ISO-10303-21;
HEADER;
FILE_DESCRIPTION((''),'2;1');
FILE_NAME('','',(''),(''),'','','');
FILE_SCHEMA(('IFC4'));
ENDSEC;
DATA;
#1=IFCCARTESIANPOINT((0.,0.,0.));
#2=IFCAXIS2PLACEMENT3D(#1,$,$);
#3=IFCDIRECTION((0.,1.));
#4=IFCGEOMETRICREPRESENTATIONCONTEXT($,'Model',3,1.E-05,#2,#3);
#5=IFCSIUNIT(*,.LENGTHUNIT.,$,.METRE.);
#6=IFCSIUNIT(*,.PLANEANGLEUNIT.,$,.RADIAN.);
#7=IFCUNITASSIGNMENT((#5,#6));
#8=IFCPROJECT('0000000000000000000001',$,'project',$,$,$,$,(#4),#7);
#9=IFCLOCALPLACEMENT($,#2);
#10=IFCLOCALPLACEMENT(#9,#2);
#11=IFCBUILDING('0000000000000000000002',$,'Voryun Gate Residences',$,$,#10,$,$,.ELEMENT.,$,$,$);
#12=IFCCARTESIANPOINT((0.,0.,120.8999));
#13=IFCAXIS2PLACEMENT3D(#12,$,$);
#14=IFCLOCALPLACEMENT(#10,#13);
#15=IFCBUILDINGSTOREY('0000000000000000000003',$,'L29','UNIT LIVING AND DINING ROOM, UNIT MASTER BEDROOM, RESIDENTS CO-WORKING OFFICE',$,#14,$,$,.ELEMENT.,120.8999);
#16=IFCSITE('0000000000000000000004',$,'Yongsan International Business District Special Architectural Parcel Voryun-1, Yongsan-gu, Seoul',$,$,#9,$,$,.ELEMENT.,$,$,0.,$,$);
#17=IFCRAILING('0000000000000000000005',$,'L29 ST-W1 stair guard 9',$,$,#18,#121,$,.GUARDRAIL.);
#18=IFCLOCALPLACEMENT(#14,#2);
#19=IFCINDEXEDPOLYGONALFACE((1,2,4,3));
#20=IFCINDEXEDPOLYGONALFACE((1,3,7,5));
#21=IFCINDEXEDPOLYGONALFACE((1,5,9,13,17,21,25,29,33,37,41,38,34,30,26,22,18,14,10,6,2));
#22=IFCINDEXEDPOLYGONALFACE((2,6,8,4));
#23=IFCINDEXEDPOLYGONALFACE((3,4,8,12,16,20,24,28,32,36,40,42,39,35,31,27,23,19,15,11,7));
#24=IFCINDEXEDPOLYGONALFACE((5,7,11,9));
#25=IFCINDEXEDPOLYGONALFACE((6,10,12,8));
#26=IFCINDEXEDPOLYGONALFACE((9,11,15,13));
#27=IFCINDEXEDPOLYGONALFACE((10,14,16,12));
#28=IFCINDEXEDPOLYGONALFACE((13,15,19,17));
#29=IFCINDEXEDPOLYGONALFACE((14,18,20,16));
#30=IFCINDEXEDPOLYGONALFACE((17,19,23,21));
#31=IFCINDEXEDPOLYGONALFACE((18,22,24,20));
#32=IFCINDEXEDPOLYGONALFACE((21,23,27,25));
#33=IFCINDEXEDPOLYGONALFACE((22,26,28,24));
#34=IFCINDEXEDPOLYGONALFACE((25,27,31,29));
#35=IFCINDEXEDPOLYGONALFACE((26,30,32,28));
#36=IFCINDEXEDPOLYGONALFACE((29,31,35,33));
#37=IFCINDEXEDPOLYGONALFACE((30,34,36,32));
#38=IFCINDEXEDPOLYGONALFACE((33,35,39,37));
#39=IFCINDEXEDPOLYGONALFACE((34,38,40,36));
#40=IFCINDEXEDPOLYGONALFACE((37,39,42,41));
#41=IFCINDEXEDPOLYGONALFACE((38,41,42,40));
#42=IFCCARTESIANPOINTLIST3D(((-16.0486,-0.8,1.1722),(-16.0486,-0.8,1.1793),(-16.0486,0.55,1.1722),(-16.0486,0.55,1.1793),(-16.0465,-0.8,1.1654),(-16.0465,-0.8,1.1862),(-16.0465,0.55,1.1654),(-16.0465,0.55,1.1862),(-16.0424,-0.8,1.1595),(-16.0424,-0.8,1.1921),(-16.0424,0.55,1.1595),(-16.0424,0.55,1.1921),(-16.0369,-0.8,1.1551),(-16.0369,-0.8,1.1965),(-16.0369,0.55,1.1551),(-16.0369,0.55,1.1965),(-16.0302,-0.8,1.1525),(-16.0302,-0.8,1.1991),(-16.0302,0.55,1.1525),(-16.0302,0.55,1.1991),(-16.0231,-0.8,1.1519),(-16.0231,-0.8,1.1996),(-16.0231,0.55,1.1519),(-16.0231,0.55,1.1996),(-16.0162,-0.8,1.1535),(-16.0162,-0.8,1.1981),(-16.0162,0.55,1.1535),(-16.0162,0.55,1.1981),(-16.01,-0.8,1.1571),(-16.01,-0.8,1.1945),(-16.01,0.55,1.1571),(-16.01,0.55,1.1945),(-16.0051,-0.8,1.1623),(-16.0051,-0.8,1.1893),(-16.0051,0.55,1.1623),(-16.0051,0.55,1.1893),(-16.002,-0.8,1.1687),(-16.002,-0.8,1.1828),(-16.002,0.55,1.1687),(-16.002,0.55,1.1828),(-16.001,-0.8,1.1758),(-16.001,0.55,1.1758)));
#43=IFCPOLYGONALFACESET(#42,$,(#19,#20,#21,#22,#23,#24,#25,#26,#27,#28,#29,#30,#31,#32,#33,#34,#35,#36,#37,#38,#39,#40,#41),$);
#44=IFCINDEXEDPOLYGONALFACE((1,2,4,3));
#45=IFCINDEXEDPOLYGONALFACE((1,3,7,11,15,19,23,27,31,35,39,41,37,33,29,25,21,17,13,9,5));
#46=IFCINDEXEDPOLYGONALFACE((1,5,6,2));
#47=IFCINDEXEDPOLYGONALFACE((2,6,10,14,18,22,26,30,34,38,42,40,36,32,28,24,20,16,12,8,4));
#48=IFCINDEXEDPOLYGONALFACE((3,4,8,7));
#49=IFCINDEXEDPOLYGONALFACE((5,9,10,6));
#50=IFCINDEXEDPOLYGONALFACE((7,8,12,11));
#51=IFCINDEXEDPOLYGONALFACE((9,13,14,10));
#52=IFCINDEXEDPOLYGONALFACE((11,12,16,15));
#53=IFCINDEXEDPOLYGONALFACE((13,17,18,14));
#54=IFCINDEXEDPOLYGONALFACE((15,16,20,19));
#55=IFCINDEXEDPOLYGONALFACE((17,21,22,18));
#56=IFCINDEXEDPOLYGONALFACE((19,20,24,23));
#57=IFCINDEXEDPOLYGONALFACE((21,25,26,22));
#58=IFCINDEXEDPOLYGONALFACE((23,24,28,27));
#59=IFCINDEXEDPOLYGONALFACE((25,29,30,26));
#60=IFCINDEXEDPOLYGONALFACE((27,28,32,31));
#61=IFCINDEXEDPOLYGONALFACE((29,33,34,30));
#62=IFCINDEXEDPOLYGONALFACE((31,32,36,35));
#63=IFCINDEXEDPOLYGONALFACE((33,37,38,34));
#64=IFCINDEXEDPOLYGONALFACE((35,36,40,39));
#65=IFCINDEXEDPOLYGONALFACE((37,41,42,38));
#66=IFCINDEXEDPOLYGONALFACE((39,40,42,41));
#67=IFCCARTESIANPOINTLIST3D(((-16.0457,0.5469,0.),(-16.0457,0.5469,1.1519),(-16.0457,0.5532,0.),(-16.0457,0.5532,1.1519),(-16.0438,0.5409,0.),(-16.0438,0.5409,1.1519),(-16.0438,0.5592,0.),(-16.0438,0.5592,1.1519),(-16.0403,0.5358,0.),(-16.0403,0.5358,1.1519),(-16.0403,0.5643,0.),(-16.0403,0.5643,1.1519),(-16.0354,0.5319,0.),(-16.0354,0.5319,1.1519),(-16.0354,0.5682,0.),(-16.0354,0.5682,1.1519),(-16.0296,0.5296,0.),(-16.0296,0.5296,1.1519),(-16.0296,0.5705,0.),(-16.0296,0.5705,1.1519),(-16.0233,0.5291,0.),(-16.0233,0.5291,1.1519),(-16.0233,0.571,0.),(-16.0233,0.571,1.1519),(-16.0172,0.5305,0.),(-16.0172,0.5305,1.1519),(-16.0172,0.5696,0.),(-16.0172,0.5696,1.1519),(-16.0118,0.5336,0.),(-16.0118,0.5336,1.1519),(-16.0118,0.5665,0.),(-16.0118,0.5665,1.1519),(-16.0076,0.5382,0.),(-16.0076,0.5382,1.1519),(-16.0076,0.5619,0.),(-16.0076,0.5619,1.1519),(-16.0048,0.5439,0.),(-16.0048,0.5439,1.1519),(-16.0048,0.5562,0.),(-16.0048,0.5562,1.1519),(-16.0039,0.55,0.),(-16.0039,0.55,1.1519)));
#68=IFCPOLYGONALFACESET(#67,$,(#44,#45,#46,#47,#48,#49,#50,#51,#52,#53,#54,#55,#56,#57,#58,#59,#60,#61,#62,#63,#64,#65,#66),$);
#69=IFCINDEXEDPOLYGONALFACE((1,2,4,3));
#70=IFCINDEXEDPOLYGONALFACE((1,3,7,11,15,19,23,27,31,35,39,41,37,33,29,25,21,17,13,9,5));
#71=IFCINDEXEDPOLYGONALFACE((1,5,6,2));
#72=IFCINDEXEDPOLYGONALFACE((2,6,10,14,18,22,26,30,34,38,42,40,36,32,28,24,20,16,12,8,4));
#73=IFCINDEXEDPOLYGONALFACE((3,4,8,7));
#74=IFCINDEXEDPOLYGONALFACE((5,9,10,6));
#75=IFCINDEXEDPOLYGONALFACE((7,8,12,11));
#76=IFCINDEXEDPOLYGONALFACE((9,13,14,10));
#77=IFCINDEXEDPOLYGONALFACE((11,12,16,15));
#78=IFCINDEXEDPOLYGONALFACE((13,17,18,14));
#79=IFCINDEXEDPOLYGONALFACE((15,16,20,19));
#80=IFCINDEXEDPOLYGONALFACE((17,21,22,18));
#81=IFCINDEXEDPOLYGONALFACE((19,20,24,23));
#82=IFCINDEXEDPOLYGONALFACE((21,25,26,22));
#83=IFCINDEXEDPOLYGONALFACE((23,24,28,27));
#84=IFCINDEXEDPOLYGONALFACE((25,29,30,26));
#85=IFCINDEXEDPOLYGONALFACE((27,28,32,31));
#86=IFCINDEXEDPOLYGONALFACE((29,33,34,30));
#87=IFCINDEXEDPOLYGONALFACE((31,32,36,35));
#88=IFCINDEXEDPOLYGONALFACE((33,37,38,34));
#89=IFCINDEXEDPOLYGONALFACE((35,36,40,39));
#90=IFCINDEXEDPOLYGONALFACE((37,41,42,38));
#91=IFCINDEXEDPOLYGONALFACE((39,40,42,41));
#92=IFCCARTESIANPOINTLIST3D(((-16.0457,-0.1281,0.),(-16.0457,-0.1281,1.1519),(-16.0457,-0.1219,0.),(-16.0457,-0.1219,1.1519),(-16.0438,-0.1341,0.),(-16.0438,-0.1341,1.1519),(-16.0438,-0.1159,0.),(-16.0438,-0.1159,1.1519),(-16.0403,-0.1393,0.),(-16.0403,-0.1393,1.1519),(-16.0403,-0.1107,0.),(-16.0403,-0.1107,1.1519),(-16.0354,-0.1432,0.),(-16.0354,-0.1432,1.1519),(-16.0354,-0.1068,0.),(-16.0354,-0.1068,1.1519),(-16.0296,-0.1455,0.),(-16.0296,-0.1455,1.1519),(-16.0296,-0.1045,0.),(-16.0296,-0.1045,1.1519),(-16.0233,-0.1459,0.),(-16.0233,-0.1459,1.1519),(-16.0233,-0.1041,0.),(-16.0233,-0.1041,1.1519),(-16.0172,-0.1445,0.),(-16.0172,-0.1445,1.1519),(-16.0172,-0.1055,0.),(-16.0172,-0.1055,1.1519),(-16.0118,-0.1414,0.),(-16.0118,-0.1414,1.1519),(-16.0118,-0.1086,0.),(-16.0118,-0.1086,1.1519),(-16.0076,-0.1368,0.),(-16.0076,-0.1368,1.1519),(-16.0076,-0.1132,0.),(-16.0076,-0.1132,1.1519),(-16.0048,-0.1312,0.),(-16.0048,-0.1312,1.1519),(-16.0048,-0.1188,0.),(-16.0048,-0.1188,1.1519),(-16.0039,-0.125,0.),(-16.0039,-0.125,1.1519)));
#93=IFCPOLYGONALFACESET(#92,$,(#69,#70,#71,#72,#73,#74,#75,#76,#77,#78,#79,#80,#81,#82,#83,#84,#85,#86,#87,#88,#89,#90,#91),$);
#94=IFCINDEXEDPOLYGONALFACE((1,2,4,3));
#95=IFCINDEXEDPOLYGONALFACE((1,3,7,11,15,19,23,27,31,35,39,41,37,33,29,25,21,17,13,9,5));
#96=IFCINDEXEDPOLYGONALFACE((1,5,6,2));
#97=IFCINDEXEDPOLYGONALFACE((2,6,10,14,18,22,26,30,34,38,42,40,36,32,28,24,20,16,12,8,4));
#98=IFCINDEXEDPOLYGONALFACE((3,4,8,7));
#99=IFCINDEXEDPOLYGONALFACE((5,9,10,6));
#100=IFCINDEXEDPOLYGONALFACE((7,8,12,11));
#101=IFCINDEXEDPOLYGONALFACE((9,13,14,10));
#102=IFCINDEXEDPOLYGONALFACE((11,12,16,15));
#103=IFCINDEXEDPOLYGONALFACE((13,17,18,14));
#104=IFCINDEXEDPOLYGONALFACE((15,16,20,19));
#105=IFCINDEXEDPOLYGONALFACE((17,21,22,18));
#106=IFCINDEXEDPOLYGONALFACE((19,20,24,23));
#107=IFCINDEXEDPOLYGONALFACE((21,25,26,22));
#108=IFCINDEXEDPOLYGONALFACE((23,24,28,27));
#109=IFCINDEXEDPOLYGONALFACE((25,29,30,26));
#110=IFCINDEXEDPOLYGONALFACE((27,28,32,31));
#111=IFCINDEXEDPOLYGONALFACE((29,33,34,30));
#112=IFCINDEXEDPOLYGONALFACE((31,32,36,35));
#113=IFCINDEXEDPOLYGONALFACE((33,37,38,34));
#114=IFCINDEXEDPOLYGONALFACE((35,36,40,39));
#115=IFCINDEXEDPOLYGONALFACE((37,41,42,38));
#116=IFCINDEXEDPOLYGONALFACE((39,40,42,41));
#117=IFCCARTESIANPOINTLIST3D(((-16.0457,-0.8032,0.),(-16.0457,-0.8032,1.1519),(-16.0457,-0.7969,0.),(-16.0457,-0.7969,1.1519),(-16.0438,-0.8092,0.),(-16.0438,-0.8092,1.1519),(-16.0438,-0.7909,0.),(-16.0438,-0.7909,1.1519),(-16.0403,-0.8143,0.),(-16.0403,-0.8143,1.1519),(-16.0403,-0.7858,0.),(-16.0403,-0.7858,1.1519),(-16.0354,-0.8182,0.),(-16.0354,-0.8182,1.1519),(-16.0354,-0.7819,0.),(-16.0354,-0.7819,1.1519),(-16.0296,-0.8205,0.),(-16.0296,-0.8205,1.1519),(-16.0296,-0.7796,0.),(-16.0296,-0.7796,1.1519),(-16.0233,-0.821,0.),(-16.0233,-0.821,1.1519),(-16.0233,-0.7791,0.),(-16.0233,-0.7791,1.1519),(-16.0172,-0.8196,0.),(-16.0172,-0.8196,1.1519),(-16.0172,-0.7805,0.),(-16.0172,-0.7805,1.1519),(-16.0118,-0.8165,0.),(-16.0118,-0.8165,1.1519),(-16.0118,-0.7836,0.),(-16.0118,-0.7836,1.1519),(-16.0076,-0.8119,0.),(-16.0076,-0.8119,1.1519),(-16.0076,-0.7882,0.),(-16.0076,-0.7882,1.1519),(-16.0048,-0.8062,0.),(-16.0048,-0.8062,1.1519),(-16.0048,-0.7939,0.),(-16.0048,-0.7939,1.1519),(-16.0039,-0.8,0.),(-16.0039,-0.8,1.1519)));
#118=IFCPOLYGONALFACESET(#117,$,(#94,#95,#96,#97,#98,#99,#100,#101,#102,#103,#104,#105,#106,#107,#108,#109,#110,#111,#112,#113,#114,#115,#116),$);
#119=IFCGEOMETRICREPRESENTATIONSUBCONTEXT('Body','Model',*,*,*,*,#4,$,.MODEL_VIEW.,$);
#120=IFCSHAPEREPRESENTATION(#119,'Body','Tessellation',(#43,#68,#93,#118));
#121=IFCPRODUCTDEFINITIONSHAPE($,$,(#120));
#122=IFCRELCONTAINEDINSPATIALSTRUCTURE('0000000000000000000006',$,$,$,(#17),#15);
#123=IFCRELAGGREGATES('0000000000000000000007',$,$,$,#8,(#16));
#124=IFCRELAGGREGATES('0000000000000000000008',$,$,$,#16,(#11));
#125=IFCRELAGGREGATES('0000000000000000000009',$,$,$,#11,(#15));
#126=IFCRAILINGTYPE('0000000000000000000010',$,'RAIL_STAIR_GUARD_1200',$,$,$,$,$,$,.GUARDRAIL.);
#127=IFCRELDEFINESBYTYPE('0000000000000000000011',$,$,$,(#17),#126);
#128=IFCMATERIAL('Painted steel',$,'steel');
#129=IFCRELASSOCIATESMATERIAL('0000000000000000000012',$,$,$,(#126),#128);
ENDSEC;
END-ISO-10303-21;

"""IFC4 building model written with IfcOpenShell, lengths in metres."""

from ifc_helpers import new_model, si_unit, direction, frame, origin, origin_2d, place, context, subcontext, project, spatial, circle, extrude, material, type_object, element, save


model = new_model("IFC4")

# Units and contexts
model_context = context("Model", 3, precision=1e-05, world=origin(), true_north=direction((0.0, 1.0)))
body_context = subcontext(model_context, "Body", "Model", "MODEL_VIEW")
ifc_project = project(units=[si_unit("LENGTHUNIT", "METRE"), si_unit("PLANEANGLEUNIT", "RADIAN")], contexts=[model_context])

# Site, building, storey
site_placement = place(None, origin())
site = spatial("IfcSite", under=ifc_project, at=site_placement, Name="Yongsan International Business District Special Architectural Parcel Voryun-1, Yongsan-gu, Seoul", CompositionType="ELEMENT", RefElevation=0.0)
building_placement = place(site_placement, origin())
building = spatial("IfcBuilding", under=site, at=building_placement, Name="Voryun Gate Residences", CompositionType="ELEMENT")
storey_placement = place(building_placement, frame((0.0, 0.0, 120.8999)))
storey = spatial("IfcBuildingStorey", under=building, at=storey_placement, Name="L29", Description="UNIT LIVING AND DINING ROOM, UNIT MASTER BEDROOM, RESIDENTS CO-WORKING OFFICE", CompositionType="ELEMENT", Elevation=120.8999)

# Railing
ifc_material_1 = material(Name="Painted steel", Category="steel")
railing_type = type_object("IfcRailingType", Name="RAIL_STAIR_GUARD_1200", PredefinedType="GUARDRAIL", material=ifc_material_1)
railing_1_placement = place(storey_placement, frame((-16.0249, 0.55, 0.0)))
element("IfcRailing", 1, at=railing_1_placement, inside=storey, type_object=railing_type, Name="L29 ST-W1 stair guard 9", PredefinedType="GUARDRAIL", context=body_context, shape_type="SweptSolid", body=[
    extrude(circle(Radius=0.0239, at=origin_2d()), frame((0.0, 0.0, 1.1758), z_axis=(0.0, -1.0, 0.0), x_axis=(1.0, 0.0, 0.0)), (0.0, 0.0, 1.0), 1.3501),
    extrude(circle(Radius=0.021, at=origin_2d()), origin(), (0.0, 0.0, 1.0), 1.1519),
    extrude(circle(Radius=0.021, at=origin_2d()), frame((0.0, -0.675, 0.0)), (0.0, 0.0, 1.0), 1.1519),
    extrude(circle(Radius=0.021, at=origin_2d()), frame((0.0, -1.3501, 0.0)), (0.0, 0.0, 1.0), 1.1519),
])

save(model, "model.ifc")
